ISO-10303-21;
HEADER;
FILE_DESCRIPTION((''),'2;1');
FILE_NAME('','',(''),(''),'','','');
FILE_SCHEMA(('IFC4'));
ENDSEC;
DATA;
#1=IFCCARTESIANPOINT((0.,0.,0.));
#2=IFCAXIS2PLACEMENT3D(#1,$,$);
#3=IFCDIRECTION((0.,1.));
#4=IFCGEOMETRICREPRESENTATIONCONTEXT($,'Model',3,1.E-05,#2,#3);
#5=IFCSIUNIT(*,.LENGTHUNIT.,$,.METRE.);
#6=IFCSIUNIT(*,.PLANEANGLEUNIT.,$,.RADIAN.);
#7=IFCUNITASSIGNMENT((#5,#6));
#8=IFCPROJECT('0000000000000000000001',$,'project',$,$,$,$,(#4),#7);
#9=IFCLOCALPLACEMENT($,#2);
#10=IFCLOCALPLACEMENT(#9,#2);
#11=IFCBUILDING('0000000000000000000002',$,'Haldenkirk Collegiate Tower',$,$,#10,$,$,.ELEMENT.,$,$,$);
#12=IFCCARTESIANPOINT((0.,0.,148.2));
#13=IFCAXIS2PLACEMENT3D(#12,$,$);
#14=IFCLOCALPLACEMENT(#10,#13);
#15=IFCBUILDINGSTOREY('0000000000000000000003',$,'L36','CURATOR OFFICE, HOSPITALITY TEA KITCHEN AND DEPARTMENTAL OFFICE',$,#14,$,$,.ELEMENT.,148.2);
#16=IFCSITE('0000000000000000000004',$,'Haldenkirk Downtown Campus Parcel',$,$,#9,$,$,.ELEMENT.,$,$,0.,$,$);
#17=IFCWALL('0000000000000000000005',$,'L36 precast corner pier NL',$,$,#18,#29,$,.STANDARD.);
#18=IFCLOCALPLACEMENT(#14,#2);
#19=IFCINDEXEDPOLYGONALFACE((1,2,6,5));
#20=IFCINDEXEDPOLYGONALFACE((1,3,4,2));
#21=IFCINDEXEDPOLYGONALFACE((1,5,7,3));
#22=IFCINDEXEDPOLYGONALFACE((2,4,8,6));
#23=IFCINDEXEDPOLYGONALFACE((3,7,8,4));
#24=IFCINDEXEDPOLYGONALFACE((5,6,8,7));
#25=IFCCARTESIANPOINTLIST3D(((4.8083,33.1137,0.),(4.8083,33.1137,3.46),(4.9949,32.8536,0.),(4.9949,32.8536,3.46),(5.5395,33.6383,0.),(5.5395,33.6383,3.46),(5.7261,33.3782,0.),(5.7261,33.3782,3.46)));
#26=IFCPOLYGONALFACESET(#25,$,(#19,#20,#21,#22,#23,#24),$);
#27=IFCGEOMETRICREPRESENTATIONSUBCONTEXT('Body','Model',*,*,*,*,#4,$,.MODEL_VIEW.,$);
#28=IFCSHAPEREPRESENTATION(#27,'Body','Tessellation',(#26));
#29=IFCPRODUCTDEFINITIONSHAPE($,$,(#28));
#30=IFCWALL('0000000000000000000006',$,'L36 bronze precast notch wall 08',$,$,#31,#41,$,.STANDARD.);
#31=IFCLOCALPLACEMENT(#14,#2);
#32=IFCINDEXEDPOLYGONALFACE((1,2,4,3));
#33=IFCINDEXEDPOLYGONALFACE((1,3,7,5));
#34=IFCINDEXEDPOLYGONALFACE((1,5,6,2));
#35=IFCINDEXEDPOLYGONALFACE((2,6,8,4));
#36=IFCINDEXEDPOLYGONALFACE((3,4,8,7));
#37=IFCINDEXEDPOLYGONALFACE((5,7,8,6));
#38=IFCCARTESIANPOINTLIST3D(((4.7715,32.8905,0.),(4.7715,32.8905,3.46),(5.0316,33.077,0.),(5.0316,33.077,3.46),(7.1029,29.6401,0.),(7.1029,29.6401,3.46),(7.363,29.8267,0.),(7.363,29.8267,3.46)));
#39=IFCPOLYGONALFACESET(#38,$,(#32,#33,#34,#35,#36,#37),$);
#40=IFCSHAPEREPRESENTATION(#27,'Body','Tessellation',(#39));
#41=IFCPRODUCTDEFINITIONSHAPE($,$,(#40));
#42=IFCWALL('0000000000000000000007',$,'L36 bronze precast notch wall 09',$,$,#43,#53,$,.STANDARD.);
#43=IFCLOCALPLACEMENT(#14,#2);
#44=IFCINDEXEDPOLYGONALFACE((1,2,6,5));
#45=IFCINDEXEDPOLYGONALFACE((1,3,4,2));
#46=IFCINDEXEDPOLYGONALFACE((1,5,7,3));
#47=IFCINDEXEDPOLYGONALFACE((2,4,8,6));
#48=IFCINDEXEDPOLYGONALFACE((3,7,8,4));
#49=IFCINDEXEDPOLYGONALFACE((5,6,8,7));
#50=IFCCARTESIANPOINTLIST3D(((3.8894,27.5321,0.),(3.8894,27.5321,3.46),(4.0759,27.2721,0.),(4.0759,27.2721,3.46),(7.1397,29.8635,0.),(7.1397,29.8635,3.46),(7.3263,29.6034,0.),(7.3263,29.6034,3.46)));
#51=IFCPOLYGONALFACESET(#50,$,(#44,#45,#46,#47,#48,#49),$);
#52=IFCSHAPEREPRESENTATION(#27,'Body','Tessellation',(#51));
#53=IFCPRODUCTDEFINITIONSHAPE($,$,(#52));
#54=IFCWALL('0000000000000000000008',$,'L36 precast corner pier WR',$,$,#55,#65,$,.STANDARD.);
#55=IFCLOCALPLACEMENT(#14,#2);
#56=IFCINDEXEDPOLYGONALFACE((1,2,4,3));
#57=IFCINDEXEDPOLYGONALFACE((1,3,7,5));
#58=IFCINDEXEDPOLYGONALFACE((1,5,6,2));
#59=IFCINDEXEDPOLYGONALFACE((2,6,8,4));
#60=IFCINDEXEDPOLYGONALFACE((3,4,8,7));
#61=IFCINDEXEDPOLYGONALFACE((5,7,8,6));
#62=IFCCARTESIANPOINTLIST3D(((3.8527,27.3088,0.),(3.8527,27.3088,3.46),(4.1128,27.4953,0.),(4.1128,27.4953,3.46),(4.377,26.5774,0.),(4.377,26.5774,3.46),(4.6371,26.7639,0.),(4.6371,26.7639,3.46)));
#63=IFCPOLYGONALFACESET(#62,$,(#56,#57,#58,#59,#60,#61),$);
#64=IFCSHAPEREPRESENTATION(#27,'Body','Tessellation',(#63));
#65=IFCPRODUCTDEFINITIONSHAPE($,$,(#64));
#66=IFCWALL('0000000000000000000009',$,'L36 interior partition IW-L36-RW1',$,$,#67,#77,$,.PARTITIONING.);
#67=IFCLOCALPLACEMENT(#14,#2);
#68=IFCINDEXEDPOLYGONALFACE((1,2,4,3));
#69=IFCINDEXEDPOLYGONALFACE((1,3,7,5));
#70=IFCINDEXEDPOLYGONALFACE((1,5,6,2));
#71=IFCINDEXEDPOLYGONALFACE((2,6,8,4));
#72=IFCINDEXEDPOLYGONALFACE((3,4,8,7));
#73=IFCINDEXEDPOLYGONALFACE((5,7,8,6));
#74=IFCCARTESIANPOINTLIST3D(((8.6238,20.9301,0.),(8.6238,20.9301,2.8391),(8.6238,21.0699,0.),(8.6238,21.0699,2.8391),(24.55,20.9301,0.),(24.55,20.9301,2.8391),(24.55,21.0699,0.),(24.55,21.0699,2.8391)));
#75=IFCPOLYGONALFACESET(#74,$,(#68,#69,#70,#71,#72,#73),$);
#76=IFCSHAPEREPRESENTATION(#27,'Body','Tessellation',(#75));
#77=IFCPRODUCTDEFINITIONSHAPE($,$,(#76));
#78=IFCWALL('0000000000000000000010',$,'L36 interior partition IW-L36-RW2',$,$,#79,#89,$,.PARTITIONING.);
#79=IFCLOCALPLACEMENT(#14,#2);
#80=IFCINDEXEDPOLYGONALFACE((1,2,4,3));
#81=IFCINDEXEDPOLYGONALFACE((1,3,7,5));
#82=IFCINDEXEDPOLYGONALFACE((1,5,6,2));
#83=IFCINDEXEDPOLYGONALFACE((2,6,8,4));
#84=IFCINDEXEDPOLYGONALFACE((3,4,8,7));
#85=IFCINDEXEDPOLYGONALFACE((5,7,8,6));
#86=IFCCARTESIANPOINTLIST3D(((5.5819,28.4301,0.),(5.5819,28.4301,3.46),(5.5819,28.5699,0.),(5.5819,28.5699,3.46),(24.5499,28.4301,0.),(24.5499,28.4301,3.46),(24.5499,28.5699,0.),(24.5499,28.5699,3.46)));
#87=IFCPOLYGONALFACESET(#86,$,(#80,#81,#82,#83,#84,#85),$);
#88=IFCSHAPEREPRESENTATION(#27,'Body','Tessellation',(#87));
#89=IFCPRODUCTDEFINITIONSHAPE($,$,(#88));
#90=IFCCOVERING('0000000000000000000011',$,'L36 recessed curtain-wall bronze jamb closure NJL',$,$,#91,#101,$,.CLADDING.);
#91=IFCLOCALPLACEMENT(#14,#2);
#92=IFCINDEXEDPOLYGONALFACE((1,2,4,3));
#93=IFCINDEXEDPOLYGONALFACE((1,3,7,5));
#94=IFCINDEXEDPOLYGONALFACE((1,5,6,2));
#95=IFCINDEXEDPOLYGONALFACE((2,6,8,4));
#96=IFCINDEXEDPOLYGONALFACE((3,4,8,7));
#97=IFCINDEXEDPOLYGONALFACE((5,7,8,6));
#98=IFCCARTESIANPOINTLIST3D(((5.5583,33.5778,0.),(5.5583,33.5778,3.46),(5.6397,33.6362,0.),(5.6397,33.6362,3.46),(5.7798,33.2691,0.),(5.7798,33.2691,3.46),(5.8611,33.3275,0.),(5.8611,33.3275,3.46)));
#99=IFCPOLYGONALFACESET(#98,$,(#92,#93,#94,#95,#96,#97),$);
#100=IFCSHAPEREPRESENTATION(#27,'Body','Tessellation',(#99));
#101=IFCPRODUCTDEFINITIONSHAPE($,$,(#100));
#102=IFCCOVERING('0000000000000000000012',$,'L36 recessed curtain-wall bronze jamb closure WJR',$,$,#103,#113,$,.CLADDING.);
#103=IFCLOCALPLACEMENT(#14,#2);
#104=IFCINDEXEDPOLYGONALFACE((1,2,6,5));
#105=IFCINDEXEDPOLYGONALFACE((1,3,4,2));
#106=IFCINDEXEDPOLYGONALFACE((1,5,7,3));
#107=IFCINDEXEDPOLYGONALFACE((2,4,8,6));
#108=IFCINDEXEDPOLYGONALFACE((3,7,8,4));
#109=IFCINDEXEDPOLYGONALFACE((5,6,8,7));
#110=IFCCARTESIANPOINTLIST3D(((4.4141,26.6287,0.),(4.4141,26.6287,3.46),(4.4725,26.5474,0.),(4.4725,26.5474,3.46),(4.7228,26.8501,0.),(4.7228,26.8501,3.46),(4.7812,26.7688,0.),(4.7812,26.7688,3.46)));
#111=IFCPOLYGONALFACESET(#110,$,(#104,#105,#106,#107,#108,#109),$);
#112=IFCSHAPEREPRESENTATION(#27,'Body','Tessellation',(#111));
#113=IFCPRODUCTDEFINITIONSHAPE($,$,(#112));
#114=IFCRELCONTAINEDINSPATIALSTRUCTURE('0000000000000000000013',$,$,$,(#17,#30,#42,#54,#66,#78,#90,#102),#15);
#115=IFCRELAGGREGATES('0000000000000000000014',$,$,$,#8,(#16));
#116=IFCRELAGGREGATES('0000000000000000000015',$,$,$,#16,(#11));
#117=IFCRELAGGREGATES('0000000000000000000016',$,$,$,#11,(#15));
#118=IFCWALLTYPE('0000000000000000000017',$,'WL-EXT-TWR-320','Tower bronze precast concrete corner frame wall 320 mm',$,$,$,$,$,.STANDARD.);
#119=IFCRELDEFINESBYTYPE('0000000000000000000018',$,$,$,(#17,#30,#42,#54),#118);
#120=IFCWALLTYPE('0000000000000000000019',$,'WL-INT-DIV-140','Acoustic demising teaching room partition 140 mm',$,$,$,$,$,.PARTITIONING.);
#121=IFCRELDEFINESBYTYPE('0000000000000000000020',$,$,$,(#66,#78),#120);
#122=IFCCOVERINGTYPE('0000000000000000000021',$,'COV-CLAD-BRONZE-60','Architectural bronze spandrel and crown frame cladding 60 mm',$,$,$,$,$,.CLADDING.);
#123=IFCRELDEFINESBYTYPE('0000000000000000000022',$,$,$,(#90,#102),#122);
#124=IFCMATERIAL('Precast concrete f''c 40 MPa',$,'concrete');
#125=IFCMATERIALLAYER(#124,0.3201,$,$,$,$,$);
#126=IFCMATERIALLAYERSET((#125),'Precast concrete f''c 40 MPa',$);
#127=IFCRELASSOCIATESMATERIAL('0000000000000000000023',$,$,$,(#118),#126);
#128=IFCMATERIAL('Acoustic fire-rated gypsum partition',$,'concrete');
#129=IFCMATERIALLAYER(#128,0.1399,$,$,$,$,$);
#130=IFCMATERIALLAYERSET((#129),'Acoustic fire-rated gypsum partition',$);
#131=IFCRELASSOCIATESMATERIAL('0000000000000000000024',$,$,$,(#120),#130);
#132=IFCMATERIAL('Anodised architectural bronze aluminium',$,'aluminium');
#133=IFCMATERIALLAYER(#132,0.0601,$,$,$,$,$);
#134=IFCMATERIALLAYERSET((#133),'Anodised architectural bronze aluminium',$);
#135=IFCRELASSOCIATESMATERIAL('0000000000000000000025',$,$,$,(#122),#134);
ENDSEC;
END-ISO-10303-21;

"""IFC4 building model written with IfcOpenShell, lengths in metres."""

from ifc_helpers import new_model, si_unit, direction, frame, frame_2d, origin, origin_2d, place, context, subcontext, project, spatial, rectangle, extrude, source, transform, mapped, material, layer, layer_set, type_object, element, save


model = new_model("IFC4")

# Units and contexts
model_context = context("Model", 3, precision=1e-05, world=origin(), true_north=direction((0.0, 1.0)))
body_context = subcontext(model_context, "Body", "Model", "MODEL_VIEW")
ifc_project = project(units=[si_unit("LENGTHUNIT", "METRE"), si_unit("PLANEANGLEUNIT", "RADIAN")], contexts=[model_context])

# Site, building, storey
site_placement = place(None, origin())
site = spatial("IfcSite", under=ifc_project, at=site_placement, Name="Haldenkirk Downtown Campus Parcel", CompositionType="ELEMENT", RefElevation=0.0)
building_placement = place(site_placement, origin())
building = spatial("IfcBuilding", under=site, at=building_placement, Name="Haldenkirk Collegiate Tower", CompositionType="ELEMENT")
storey_placement = place(building_placement, frame((0.0, 0.0, 148.2)))
storey = spatial("IfcBuildingStorey", under=building, at=storey_placement, Name="L36", Description="CURATOR OFFICE, HOSPITALITY TEA KITCHEN AND DEPARTMENTAL OFFICE", CompositionType="ELEMENT", Elevation=148.2)

# Shared definitions
ifc_material_1 = material(Name="Anodised architectural bronze aluminium", Category="aluminium")

# Walls
ifc_material_2 = material(Name="Precast concrete f'c 40 MPa", Category="concrete")
ifc_layer_1 = layer(ifc_material_2, 0.3201)
ifc_layer_set_1 = layer_set([ifc_layer_1], Name="Precast concrete f'c 40 MPa")
wall_type_1 = type_object("IfcWallType", Name="WL-EXT-TWR-320", Description="Tower bronze precast concrete corner frame wall 320 mm", PredefinedType="STANDARD", material=ifc_layer_set_1)
wall_1_placement = place(storey_placement, frame((4.9016, 32.9836, 0.0), z_axis=(0.0, 0.0, 1.0), x_axis=(0.812485, 0.582982, 0.0)))
element("IfcWall", 1, at=wall_1_placement, inside=storey, type_object=wall_type_1, Name="L36 precast corner pier NL", PredefinedType="STANDARD", context=body_context, shape_type="SweptSolid", body=[
    extrude(rectangle(XDim=0.8999, YDim=0.3201, at=frame_2d((0.45, 0.0))), origin(), (0.0, 0.0, 1.0), 3.46),
])
for number, where, z_axis, x_axis, name in (
    (2, (7.2329, 29.7334, 0.0), (0.0, 0.0, 1.0), (-0.582842, 0.812585, 0.0), "L36 bronze precast notch wall 08"),
    (3, (3.9827, 27.4021, 0.0), (0.0, 0.0, 1.0), (0.812585, 0.582842, 0.0), "L36 bronze precast notch wall 09"),
):
    element("IfcWall", number, at=place(storey_placement, frame(where, z_axis=z_axis, x_axis=x_axis)), inside=storey, type_object=wall_type_1, Name=name, PredefinedType="STANDARD", context=body_context, shape_type="SweptSolid", body=[
        extrude(rectangle(XDim=4.0, YDim=0.3201, at=frame_2d((2.0, 0.0))), origin(), (0.0, 0.0, 1.0), 3.46),
    ])
wall_2_placement = place(storey_placement, frame((4.5071, 26.6707, 0.0), z_axis=(0.0, 0.0, 1.0), x_axis=(-0.582674, 0.812706, 0.0)))
element("IfcWall", 4, at=wall_2_placement, inside=storey, type_object=wall_type_1, Name="L36 precast corner pier WR", PredefinedType="STANDARD", context=body_context, shape_type="SweptSolid", body=[
    extrude(rectangle(XDim=0.8999, YDim=0.3201, at=frame_2d((0.45, 0.0))), origin(), (0.0, 0.0, 1.0), 3.46),
])
ifc_material_3 = material(Name="Acoustic fire-rated gypsum partition", Category="concrete")
ifc_layer_2 = layer(ifc_material_3, 0.1399)
ifc_layer_set_2 = layer_set([ifc_layer_2], Name="Acoustic fire-rated gypsum partition")
wall_type_2 = type_object("IfcWallType", Name="WL-INT-DIV-140", Description="Acoustic demising teaching room partition 140 mm", PredefinedType="PARTITIONING", material=ifc_layer_set_2)
wall_3_placement = place(storey_placement, frame((8.6238, 21.0, 0.0), z_axis=(0.0, 0.0, 1.0), x_axis=(1.0, 0.0, 0.0)))
element("IfcWall", 5, at=wall_3_placement, inside=storey, type_object=wall_type_2, Name="L36 interior partition IW-L36-RW1", PredefinedType="PARTITIONING", context=body_context, shape_type="SweptSolid", body=[
    extrude(rectangle(XDim=15.9263, YDim=0.1399, at=frame_2d((7.9631, 0.0))), origin(), (0.0, 0.0, 1.0), 2.8391),
])
wall_4_placement = place(storey_placement, frame((5.582, 28.5, 0.0), z_axis=(0.0, 0.0, 1.0), x_axis=(1.0, 0.0, 0.0)))
element("IfcWall", 6, at=wall_4_placement, inside=storey, type_object=wall_type_2, Name="L36 interior partition IW-L36-RW2", PredefinedType="PARTITIONING", context=body_context, shape_type="SweptSolid", body=[
    extrude(rectangle(XDim=18.968, YDim=0.1399, at=frame_2d((9.4839, 0.0))), origin(), (0.0, 0.0, 1.0), 3.46),
])

# Coverings
ifc_layer_3 = layer(ifc_material_1, 0.0601)
ifc_layer_set_3 = layer_set([ifc_layer_3], Name="Anodised architectural bronze aluminium")
covering_type = type_object("IfcCoveringType", Name="COV-CLAD-BRONZE-60", Description="Architectural bronze spandrel and crown frame cladding 60 mm", PredefinedType="CLADDING", material=ifc_layer_set_3)
shared_shape_1 = source(origin(), body_context, "Body", "SweptSolid", [
    extrude(rectangle(XDim=0.1001, YDim=0.3799, at=origin_2d()), origin(), (0.0, 0.0, 1.0), 3.46),
])
for number, where, z_axis, x_axis, name in (
    (7, (5.7097, 33.4526, 0.0), (0.0, 0.0, 1.0), (0.812592, 0.582832, 0.0), "L36 recessed curtain-wall bronze jamb closure NJL"),
    (8, (4.5977, 26.6987, 0.0), (0.0, 0.0, 1.0), (-0.582832, 0.812592, 0.0), "L36 recessed curtain-wall bronze jamb closure WJR"),
):
    element("IfcCovering", number, at=place(storey_placement, frame(where, z_axis=z_axis, x_axis=x_axis)), inside=storey, type_object=covering_type, Name=name, PredefinedType="CLADDING", context=body_context, shape_type="MappedRepresentation", body=[
        mapped(shared_shape_1, transform((0.0, 0.0, 0.0), x_axis=(1.0, 0.0, 0.0), y_axis=(0.0, 1.0, 0.0), z_axis=(0.0, 0.0, 1.0), scale=1.0)),
    ])

save(model, "model.ifc")
